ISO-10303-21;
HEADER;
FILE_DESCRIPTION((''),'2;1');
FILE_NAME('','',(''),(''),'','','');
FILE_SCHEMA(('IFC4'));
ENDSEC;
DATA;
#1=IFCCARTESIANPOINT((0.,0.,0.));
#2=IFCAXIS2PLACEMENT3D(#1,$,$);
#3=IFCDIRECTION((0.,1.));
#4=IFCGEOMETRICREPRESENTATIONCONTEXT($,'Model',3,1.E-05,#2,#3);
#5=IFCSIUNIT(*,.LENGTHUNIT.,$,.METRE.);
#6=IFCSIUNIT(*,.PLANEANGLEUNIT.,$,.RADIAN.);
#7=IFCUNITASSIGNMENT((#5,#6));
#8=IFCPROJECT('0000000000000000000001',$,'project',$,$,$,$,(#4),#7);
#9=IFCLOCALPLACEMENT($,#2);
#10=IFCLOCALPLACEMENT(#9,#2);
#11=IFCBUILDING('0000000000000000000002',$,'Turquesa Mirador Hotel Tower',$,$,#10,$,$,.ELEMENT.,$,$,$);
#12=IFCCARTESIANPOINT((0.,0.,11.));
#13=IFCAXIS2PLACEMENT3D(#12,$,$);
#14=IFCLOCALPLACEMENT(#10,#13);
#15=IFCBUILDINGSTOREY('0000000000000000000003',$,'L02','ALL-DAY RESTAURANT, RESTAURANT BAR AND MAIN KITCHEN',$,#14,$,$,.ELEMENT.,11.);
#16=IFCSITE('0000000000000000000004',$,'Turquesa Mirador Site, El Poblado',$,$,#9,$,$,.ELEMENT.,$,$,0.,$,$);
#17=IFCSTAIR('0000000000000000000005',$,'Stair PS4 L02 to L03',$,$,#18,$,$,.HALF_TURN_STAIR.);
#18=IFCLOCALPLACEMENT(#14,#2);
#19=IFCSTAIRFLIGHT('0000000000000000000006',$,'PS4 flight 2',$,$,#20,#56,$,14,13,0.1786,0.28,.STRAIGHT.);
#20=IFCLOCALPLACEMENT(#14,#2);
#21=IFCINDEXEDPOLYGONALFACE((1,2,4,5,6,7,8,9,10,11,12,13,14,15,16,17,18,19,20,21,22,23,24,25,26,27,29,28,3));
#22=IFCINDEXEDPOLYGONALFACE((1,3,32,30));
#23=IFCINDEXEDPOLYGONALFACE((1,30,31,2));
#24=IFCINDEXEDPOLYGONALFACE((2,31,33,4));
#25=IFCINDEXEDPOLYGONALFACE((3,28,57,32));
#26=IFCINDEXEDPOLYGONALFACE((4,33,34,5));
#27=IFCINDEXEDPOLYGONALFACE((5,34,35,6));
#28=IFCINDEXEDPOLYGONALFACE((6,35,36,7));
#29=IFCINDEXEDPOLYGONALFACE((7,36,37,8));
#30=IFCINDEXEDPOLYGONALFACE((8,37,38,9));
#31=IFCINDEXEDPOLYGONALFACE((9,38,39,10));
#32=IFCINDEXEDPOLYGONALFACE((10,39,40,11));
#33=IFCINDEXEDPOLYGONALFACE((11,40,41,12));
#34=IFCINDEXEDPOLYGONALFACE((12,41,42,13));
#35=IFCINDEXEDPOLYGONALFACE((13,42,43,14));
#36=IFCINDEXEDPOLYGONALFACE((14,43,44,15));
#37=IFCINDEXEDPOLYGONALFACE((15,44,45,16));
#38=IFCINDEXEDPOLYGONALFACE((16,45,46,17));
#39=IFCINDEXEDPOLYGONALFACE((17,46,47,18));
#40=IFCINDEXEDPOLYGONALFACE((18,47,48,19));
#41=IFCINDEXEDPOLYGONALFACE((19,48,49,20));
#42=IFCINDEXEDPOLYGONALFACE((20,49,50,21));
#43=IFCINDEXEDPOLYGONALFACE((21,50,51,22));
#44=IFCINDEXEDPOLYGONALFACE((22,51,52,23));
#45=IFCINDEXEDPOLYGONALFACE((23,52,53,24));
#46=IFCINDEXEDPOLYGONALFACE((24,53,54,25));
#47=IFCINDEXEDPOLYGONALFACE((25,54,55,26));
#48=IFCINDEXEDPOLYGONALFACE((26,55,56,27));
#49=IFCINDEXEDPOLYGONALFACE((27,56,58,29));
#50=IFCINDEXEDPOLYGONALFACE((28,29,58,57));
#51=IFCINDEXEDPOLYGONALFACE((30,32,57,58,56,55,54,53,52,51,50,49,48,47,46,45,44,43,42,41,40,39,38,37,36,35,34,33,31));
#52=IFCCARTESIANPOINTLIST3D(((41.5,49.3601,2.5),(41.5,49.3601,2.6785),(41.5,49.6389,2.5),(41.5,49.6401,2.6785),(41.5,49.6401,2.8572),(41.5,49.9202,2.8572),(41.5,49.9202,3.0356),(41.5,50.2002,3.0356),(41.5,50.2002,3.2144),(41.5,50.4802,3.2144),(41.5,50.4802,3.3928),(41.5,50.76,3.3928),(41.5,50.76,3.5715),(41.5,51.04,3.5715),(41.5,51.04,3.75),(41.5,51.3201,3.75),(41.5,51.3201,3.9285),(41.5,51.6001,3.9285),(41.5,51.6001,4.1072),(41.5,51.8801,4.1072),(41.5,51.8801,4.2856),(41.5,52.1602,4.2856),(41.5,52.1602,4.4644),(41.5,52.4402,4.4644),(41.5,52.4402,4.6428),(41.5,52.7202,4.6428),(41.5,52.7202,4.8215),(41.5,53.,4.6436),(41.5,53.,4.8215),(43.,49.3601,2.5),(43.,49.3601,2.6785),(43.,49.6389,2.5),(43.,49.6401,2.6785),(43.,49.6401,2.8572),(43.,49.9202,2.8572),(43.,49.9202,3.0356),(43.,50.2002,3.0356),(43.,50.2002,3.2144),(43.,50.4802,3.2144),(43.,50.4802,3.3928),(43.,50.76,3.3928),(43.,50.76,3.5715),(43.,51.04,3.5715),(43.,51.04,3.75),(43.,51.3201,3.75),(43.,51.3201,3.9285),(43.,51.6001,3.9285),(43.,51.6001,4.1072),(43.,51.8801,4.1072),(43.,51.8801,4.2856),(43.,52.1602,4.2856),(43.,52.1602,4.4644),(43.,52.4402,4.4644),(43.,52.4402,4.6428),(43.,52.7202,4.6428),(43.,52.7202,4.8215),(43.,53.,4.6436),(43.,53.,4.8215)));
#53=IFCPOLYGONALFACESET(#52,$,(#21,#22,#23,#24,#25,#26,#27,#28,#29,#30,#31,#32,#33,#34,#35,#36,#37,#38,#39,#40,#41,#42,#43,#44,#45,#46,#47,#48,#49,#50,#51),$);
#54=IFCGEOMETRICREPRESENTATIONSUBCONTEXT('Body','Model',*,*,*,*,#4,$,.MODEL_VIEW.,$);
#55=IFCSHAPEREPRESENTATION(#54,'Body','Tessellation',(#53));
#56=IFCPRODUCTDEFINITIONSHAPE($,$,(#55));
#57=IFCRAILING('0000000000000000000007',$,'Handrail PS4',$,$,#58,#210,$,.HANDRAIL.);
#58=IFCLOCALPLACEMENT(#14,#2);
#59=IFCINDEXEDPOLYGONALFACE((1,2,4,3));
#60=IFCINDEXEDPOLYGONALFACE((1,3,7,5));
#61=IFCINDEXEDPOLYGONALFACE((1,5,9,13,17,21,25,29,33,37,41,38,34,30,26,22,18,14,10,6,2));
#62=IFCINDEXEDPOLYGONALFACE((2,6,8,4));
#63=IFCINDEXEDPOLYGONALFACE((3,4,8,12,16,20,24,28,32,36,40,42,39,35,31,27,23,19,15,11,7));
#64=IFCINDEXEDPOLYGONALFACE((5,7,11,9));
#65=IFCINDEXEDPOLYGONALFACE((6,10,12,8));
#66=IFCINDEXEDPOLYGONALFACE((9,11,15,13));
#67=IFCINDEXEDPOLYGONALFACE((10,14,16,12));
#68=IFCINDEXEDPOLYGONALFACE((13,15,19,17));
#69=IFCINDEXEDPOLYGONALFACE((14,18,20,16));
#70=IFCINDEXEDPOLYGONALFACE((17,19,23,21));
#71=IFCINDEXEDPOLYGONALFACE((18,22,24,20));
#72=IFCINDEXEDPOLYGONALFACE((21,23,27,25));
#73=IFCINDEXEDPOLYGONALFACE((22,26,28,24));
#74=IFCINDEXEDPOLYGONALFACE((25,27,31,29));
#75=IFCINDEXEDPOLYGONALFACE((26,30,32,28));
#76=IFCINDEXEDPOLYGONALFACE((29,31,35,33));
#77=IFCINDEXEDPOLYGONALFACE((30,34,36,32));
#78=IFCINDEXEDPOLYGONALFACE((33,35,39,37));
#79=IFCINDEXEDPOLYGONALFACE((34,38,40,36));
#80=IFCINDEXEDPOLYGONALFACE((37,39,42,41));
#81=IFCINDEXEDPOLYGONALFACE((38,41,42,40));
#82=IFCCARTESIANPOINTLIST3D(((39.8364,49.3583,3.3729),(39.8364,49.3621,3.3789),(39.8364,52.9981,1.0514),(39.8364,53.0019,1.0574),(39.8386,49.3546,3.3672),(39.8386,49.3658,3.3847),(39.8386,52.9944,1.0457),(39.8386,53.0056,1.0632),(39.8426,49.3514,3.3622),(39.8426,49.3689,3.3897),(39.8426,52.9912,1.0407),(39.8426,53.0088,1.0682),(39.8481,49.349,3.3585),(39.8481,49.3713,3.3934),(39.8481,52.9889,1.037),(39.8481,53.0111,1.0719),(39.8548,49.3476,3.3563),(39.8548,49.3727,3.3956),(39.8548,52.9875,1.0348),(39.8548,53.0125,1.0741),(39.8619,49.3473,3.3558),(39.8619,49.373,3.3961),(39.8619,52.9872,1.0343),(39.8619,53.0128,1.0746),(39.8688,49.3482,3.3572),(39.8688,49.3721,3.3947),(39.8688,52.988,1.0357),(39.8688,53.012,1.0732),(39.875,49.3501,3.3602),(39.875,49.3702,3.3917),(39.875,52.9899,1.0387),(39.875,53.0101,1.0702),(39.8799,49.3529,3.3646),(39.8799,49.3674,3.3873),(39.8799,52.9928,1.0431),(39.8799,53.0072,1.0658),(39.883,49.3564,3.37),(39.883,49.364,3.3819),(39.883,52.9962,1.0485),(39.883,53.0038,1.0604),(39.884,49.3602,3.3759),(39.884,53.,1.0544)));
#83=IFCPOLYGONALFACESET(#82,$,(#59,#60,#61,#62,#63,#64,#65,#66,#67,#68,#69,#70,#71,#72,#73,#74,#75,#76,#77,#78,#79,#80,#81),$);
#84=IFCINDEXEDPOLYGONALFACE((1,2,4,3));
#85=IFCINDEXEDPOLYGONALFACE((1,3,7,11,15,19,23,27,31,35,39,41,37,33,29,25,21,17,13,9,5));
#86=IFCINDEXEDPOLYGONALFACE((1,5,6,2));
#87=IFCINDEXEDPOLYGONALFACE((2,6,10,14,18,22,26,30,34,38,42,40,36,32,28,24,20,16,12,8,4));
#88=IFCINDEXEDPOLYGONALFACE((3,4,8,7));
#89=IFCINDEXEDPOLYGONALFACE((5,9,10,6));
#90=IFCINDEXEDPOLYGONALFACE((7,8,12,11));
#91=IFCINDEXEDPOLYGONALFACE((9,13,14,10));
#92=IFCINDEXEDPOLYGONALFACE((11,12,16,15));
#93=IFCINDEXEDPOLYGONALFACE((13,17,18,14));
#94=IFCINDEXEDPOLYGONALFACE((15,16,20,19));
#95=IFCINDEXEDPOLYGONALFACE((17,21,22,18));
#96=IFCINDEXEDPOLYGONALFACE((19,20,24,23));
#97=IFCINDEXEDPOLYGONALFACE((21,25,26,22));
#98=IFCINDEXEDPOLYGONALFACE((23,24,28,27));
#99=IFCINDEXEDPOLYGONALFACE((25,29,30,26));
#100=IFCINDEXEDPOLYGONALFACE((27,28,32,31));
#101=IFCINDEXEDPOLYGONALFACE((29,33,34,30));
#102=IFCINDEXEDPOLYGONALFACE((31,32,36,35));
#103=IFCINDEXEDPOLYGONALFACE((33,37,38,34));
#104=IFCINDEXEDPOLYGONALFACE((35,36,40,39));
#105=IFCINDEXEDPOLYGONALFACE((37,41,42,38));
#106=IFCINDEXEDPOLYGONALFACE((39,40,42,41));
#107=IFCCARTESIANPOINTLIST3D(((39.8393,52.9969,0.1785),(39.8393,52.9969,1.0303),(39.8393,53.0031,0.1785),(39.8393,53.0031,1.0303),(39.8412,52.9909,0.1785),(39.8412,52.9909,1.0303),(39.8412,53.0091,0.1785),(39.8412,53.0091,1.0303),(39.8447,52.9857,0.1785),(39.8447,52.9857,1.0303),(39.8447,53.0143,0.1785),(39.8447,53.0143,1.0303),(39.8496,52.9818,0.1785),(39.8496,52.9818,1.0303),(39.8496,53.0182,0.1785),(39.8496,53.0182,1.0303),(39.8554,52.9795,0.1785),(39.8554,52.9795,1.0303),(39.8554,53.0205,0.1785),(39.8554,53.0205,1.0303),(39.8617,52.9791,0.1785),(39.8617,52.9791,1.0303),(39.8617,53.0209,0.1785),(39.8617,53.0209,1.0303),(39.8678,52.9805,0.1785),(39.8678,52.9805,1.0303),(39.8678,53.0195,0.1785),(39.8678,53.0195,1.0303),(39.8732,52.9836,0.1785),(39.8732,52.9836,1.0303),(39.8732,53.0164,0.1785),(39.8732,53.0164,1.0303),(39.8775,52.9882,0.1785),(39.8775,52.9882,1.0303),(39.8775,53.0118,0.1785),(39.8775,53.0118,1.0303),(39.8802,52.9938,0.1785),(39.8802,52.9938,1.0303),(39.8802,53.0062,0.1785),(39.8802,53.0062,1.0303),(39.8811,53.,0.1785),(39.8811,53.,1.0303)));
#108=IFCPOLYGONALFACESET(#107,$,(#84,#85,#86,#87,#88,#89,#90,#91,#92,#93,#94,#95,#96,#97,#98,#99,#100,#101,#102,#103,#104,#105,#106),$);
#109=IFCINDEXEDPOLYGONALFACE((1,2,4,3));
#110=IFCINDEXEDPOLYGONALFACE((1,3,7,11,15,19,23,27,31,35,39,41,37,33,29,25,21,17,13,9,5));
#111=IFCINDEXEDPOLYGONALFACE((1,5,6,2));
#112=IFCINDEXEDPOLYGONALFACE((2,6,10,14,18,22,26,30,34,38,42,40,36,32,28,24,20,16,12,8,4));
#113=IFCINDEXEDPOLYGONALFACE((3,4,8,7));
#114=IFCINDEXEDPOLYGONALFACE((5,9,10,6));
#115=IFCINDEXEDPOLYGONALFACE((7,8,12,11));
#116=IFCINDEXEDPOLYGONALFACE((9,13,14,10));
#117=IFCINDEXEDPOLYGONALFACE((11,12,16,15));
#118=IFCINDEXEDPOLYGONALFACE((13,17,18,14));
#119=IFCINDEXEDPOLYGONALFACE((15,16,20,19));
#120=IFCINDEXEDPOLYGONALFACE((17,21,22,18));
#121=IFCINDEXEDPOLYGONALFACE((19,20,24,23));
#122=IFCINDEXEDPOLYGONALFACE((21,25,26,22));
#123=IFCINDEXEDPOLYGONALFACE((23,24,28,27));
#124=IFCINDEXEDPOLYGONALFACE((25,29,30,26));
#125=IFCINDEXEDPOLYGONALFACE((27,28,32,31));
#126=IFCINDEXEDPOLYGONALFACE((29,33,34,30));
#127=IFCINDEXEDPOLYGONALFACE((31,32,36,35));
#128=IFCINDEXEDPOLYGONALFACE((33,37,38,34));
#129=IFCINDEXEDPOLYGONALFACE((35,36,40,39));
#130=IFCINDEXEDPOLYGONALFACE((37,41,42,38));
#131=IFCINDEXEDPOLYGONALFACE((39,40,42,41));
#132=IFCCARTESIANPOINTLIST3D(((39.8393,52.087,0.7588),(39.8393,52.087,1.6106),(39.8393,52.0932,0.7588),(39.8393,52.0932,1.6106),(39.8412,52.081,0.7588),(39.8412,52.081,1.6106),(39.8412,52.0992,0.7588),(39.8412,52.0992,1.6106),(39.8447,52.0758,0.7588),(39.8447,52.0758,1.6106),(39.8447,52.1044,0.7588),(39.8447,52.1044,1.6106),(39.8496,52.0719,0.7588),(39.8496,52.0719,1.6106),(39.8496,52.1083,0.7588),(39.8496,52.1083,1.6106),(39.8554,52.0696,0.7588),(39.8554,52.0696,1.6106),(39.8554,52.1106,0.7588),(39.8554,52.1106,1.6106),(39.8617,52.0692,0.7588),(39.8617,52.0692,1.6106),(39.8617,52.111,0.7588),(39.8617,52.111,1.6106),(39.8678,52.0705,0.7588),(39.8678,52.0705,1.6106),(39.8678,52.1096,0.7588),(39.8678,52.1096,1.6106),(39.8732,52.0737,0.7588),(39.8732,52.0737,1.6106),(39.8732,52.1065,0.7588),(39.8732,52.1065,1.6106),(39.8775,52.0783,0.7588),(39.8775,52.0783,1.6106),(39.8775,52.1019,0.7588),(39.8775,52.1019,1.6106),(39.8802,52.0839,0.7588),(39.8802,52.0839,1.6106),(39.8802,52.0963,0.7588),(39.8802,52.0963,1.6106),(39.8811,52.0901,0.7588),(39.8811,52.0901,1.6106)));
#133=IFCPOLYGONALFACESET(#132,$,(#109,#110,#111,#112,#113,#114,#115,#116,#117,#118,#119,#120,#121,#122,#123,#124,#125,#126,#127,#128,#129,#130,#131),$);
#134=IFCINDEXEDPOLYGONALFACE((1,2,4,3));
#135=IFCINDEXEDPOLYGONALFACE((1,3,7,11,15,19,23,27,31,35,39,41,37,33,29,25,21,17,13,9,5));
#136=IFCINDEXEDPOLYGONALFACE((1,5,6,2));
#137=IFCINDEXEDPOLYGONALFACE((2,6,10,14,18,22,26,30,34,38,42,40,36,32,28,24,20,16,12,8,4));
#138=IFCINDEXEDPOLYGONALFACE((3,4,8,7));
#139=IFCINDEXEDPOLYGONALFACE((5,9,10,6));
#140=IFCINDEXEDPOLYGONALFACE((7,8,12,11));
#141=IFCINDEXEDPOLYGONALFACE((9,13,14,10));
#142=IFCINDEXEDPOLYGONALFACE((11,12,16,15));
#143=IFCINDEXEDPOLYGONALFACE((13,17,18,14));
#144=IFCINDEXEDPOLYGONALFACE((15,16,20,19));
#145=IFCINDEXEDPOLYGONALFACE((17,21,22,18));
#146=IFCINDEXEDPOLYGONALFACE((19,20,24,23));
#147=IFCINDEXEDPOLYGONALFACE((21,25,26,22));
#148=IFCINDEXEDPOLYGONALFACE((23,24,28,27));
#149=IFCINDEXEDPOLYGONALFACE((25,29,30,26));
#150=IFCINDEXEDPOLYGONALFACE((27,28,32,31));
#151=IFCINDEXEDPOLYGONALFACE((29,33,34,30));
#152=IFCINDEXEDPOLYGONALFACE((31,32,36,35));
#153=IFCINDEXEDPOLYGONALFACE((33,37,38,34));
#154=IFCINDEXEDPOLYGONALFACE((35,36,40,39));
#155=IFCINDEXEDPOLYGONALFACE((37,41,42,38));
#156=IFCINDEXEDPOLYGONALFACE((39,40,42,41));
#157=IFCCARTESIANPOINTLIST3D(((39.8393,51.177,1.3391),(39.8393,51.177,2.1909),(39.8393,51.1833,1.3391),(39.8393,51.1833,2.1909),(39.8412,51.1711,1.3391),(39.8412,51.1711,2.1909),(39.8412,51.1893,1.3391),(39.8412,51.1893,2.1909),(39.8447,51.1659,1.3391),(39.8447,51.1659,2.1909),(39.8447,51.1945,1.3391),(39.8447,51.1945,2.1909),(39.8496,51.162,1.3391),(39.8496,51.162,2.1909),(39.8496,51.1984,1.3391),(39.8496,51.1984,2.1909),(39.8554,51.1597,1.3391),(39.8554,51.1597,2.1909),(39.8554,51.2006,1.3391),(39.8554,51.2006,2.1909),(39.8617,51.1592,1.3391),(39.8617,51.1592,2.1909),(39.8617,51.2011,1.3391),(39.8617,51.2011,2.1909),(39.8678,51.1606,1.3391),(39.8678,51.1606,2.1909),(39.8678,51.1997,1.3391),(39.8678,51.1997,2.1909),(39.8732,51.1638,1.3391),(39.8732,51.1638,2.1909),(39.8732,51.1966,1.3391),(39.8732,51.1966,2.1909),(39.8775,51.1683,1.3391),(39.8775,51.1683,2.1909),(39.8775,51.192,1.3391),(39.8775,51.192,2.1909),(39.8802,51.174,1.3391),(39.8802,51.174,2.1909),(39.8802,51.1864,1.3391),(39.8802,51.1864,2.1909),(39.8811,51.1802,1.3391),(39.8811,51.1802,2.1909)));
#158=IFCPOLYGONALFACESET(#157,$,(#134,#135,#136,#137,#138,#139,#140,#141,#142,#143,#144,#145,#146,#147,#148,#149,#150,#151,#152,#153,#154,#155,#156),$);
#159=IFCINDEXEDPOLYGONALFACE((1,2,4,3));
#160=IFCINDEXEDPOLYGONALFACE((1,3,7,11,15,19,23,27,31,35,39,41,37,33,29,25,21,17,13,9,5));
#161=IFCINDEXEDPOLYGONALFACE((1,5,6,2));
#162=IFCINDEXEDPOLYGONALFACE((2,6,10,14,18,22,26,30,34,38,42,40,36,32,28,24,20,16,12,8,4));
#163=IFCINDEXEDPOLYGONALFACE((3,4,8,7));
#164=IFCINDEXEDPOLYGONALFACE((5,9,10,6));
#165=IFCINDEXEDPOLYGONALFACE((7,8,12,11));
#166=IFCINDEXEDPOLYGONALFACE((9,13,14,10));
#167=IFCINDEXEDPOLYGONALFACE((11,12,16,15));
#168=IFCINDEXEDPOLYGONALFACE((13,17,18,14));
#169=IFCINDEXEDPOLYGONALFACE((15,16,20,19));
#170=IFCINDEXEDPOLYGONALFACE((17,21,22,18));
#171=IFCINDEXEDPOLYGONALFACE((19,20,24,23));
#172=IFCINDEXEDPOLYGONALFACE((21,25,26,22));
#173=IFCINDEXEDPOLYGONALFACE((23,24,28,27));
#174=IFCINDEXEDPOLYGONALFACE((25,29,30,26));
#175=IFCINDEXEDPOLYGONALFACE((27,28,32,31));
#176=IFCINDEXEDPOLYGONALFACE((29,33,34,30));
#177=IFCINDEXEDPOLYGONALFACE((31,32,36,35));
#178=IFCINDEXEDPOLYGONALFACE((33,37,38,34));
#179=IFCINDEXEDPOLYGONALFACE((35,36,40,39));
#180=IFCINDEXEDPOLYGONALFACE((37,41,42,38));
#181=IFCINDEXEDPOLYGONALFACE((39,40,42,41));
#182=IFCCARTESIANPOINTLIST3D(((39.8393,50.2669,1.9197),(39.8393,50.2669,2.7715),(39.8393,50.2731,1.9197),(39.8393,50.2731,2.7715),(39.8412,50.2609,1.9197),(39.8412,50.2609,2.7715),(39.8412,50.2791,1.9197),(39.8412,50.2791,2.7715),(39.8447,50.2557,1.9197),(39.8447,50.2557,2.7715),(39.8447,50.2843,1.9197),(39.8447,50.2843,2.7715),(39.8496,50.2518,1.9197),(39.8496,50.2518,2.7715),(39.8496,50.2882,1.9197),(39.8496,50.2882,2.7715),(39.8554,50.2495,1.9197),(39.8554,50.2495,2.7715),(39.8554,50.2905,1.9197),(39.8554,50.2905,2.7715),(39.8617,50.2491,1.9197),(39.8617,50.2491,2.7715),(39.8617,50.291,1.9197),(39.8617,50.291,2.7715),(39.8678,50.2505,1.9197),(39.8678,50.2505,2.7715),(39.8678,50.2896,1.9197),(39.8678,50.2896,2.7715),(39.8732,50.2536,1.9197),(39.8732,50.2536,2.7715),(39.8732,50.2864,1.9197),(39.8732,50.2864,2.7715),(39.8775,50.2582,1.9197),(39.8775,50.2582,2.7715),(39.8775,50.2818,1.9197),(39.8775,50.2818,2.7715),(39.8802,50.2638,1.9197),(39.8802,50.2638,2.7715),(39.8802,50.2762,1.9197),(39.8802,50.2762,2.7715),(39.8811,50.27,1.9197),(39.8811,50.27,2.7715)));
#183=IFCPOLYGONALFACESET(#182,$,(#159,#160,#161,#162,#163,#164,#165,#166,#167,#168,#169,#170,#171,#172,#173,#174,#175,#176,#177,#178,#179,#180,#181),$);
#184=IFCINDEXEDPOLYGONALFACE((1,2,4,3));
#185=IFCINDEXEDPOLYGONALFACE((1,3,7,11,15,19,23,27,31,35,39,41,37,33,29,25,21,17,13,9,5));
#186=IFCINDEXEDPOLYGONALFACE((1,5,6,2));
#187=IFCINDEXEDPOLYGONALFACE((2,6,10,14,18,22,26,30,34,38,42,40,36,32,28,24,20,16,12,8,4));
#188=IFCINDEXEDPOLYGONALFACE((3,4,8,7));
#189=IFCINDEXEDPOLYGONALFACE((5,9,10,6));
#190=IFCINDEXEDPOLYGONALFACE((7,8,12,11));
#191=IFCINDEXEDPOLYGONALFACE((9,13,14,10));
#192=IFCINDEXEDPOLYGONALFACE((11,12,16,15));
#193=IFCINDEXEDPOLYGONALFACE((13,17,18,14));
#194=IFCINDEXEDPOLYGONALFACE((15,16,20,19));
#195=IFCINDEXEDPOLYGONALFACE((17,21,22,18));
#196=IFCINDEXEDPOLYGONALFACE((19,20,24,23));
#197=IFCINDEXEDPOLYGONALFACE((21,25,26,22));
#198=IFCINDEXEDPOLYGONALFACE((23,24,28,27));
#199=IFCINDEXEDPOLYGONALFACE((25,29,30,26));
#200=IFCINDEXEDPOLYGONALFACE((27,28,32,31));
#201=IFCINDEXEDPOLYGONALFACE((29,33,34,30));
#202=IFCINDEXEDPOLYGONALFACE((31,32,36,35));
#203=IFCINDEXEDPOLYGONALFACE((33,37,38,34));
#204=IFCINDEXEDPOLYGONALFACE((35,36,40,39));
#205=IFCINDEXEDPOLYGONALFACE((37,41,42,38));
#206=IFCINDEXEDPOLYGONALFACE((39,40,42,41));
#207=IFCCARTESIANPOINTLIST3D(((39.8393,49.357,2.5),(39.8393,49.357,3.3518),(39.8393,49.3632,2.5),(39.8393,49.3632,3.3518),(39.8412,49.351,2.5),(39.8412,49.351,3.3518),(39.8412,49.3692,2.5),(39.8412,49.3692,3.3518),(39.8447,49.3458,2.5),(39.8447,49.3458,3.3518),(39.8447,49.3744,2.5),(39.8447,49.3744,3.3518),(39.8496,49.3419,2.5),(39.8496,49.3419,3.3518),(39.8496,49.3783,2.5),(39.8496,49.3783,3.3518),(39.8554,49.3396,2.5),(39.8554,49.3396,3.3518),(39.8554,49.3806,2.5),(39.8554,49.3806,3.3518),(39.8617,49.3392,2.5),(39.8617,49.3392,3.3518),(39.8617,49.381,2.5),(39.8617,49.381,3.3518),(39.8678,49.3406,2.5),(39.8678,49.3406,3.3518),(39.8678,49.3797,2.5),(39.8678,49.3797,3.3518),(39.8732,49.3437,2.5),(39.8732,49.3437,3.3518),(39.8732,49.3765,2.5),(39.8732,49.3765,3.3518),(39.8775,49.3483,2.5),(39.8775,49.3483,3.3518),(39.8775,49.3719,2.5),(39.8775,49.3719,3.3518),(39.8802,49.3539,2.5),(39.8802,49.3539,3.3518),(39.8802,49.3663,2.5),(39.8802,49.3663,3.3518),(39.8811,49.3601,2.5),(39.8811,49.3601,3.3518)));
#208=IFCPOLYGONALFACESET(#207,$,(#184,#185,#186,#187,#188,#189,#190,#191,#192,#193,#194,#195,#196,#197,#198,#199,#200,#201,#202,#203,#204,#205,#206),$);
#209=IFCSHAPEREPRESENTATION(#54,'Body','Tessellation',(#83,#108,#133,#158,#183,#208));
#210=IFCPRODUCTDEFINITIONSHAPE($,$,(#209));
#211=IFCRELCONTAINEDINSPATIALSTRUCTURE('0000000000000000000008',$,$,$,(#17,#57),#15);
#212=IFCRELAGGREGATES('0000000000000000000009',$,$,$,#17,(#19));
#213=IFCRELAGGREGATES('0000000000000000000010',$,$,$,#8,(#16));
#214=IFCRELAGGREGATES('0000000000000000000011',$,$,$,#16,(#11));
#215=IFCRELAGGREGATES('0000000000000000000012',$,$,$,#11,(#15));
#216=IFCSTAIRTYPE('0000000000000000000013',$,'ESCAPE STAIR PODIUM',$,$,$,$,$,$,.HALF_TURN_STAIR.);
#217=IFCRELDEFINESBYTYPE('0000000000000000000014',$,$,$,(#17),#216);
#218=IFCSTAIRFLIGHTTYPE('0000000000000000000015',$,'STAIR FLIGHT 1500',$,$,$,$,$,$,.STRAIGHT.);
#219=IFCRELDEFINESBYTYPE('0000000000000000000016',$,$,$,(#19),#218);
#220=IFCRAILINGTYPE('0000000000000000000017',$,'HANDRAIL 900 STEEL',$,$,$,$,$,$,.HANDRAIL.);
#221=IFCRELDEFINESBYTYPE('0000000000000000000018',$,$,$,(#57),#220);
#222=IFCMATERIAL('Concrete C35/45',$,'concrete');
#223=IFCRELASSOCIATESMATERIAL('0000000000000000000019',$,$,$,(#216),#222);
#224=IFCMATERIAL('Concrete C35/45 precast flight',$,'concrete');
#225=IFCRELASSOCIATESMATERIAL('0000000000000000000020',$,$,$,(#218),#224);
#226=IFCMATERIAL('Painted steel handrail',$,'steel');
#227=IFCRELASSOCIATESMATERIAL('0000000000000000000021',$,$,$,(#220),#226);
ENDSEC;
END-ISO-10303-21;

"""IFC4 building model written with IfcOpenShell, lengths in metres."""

from ifc_helpers import new_model, si_unit, direction, frame, origin, origin_2d, place, context, subcontext, project, spatial, polyline, circle, outline, extrude, material, type_object, element, aggregate, save


model = new_model("IFC4")

# Units and contexts
model_context = context("Model", 3, precision=1e-05, world=origin(), true_north=direction((0.0, 1.0)))
body_context = subcontext(model_context, "Body", "Model", "MODEL_VIEW")
ifc_project = project(units=[si_unit("LENGTHUNIT", "METRE"), si_unit("PLANEANGLEUNIT", "RADIAN")], contexts=[model_context])

# Site, building, storey
site_placement = place(None, origin())
site = spatial("IfcSite", under=ifc_project, at=site_placement, Name="Turquesa Mirador Site, El Poblado", CompositionType="ELEMENT", RefElevation=0.0)
building_placement = place(site_placement, origin())
building = spatial("IfcBuilding", under=site, at=building_placement, Name="Turquesa Mirador Hotel Tower", CompositionType="ELEMENT")
storey_placement = place(building_placement, frame((0.0, 0.0, 11.0)))
storey = spatial("IfcBuildingStorey", under=building, at=storey_placement, Name="L02", Description="ALL-DAY RESTAURANT, RESTAURANT BAR AND MAIN KITCHEN", CompositionType="ELEMENT", Elevation=11.0)

# Stair, stair flight
ifc_material_1 = material(Name="Concrete C35/45", Category="concrete")
stair_type_1 = type_object("IfcStairType", Name="ESCAPE STAIR PODIUM", PredefinedType="HALF_TURN_STAIR", material=ifc_material_1)
stair_1_placement = place(storey_placement, origin())
stair_1 = element("IfcStair", 1, at=stair_1_placement, inside=storey, type_object=stair_type_1, Name="Stair PS4 L02 to L03", PredefinedType="HALF_TURN_STAIR")
ifc_material_2 = material(Name="Concrete C35/45 precast flight", Category="concrete")
stair_flight_type_1 = type_object("IfcStairFlightType", Name="STAIR FLIGHT 1500", PredefinedType="STRAIGHT", material=ifc_material_2)
stair_flight_1_placement = place(storey_placement, frame((42.25, 49.3601, 2.5), z_axis=(0.0, 0.0, 1.0), x_axis=(0.0, 1.0, 0.0)))
stair_flight_1 = element("IfcStairFlight", 2, at=stair_flight_1_placement, type_object=stair_flight_type_1, Name="PS4 flight 2", NumberOfRisers=14, NumberOfTreads=13, PredefinedType="STRAIGHT", RiserHeight=0.1786, TreadLength=0.28, context=body_context, shape_type="SweptSolid", body=[
    extrude(outline(polyline([(0.0, 0.0), (0.0, 0.1785), (0.28, 0.1785), (0.28, 0.3572), (0.5601, 0.3572), (0.5601, 0.5356), (0.8401, 0.5356), (0.8401, 0.7144), (1.1201, 0.7144), (1.1201, 0.8928), (1.3999, 0.8928), (1.3999, 1.0715), (1.6799, 1.0715), (1.6799, 1.25), (1.96, 1.25), (1.96, 1.4285), (2.24, 1.4285), (2.24, 1.6072), (2.52, 1.6072), (2.52, 1.7856), (2.8, 1.7856), (2.8, 1.9644), (3.0801, 1.9644), (3.0801, 2.1428), (3.3601, 2.1428), (3.3601, 2.3215), (3.6399, 2.3215), (3.6399, 2.5), (3.6399, 2.1436), (0.2788, 0.0), (0.0, 0.0)])), frame((0.0, 0.75, 0.0), z_axis=(0.0, -1.0, 0.0), x_axis=(1.0, 0.0, 0.0)), (0.0, 0.0, 1.0), 1.5),
])
aggregate(stair_1, [stair_flight_1])

# Railing
ifc_material_3 = material(Name="Painted steel handrail", Category="steel")
railing_type = type_object("IfcRailingType", Name="HANDRAIL 900 STEEL", PredefinedType="HANDRAIL", material=ifc_material_3)
railing_1_placement = place(storey_placement, frame((39.8601, 53.0, 0.1785)))
element("IfcRailing", 3, at=railing_1_placement, inside=storey, type_object=railing_type, Name="Handrail PS4", PredefinedType="HANDRAIL", context=body_context, shape_type="SweptSolid", body=[
    extrude(circle(Radius=0.0239, at=origin_2d()), frame((0.0, 0.0, 0.876), z_axis=(0.0, -0.843112, 0.537739), x_axis=(1.0, 0.0, 0.0)), (0.0, 0.0, 1.0), 4.3171),
    extrude(circle(Radius=0.021, at=origin_2d()), origin(), (0.0, 0.0, 1.0), 0.8518),
    extrude(circle(Radius=0.021, at=origin_2d()), frame((0.0, -0.9099, 0.5803)), (0.0, 0.0, 1.0), 0.8518),
    extrude(circle(Radius=0.021, at=origin_2d()), frame((0.0, -1.8198, 1.1606)), (0.0, 0.0, 1.0), 0.8518),
    extrude(circle(Radius=0.021, at=origin_2d()), frame((0.0, -2.73, 1.7412)), (0.0, 0.0, 1.0), 0.8518),
    extrude(circle(Radius=0.021, at=origin_2d()), frame((0.0, -3.6399, 2.3215)), (0.0, 0.0, 1.0), 0.8518),
])

save(model, "model.ifc")
